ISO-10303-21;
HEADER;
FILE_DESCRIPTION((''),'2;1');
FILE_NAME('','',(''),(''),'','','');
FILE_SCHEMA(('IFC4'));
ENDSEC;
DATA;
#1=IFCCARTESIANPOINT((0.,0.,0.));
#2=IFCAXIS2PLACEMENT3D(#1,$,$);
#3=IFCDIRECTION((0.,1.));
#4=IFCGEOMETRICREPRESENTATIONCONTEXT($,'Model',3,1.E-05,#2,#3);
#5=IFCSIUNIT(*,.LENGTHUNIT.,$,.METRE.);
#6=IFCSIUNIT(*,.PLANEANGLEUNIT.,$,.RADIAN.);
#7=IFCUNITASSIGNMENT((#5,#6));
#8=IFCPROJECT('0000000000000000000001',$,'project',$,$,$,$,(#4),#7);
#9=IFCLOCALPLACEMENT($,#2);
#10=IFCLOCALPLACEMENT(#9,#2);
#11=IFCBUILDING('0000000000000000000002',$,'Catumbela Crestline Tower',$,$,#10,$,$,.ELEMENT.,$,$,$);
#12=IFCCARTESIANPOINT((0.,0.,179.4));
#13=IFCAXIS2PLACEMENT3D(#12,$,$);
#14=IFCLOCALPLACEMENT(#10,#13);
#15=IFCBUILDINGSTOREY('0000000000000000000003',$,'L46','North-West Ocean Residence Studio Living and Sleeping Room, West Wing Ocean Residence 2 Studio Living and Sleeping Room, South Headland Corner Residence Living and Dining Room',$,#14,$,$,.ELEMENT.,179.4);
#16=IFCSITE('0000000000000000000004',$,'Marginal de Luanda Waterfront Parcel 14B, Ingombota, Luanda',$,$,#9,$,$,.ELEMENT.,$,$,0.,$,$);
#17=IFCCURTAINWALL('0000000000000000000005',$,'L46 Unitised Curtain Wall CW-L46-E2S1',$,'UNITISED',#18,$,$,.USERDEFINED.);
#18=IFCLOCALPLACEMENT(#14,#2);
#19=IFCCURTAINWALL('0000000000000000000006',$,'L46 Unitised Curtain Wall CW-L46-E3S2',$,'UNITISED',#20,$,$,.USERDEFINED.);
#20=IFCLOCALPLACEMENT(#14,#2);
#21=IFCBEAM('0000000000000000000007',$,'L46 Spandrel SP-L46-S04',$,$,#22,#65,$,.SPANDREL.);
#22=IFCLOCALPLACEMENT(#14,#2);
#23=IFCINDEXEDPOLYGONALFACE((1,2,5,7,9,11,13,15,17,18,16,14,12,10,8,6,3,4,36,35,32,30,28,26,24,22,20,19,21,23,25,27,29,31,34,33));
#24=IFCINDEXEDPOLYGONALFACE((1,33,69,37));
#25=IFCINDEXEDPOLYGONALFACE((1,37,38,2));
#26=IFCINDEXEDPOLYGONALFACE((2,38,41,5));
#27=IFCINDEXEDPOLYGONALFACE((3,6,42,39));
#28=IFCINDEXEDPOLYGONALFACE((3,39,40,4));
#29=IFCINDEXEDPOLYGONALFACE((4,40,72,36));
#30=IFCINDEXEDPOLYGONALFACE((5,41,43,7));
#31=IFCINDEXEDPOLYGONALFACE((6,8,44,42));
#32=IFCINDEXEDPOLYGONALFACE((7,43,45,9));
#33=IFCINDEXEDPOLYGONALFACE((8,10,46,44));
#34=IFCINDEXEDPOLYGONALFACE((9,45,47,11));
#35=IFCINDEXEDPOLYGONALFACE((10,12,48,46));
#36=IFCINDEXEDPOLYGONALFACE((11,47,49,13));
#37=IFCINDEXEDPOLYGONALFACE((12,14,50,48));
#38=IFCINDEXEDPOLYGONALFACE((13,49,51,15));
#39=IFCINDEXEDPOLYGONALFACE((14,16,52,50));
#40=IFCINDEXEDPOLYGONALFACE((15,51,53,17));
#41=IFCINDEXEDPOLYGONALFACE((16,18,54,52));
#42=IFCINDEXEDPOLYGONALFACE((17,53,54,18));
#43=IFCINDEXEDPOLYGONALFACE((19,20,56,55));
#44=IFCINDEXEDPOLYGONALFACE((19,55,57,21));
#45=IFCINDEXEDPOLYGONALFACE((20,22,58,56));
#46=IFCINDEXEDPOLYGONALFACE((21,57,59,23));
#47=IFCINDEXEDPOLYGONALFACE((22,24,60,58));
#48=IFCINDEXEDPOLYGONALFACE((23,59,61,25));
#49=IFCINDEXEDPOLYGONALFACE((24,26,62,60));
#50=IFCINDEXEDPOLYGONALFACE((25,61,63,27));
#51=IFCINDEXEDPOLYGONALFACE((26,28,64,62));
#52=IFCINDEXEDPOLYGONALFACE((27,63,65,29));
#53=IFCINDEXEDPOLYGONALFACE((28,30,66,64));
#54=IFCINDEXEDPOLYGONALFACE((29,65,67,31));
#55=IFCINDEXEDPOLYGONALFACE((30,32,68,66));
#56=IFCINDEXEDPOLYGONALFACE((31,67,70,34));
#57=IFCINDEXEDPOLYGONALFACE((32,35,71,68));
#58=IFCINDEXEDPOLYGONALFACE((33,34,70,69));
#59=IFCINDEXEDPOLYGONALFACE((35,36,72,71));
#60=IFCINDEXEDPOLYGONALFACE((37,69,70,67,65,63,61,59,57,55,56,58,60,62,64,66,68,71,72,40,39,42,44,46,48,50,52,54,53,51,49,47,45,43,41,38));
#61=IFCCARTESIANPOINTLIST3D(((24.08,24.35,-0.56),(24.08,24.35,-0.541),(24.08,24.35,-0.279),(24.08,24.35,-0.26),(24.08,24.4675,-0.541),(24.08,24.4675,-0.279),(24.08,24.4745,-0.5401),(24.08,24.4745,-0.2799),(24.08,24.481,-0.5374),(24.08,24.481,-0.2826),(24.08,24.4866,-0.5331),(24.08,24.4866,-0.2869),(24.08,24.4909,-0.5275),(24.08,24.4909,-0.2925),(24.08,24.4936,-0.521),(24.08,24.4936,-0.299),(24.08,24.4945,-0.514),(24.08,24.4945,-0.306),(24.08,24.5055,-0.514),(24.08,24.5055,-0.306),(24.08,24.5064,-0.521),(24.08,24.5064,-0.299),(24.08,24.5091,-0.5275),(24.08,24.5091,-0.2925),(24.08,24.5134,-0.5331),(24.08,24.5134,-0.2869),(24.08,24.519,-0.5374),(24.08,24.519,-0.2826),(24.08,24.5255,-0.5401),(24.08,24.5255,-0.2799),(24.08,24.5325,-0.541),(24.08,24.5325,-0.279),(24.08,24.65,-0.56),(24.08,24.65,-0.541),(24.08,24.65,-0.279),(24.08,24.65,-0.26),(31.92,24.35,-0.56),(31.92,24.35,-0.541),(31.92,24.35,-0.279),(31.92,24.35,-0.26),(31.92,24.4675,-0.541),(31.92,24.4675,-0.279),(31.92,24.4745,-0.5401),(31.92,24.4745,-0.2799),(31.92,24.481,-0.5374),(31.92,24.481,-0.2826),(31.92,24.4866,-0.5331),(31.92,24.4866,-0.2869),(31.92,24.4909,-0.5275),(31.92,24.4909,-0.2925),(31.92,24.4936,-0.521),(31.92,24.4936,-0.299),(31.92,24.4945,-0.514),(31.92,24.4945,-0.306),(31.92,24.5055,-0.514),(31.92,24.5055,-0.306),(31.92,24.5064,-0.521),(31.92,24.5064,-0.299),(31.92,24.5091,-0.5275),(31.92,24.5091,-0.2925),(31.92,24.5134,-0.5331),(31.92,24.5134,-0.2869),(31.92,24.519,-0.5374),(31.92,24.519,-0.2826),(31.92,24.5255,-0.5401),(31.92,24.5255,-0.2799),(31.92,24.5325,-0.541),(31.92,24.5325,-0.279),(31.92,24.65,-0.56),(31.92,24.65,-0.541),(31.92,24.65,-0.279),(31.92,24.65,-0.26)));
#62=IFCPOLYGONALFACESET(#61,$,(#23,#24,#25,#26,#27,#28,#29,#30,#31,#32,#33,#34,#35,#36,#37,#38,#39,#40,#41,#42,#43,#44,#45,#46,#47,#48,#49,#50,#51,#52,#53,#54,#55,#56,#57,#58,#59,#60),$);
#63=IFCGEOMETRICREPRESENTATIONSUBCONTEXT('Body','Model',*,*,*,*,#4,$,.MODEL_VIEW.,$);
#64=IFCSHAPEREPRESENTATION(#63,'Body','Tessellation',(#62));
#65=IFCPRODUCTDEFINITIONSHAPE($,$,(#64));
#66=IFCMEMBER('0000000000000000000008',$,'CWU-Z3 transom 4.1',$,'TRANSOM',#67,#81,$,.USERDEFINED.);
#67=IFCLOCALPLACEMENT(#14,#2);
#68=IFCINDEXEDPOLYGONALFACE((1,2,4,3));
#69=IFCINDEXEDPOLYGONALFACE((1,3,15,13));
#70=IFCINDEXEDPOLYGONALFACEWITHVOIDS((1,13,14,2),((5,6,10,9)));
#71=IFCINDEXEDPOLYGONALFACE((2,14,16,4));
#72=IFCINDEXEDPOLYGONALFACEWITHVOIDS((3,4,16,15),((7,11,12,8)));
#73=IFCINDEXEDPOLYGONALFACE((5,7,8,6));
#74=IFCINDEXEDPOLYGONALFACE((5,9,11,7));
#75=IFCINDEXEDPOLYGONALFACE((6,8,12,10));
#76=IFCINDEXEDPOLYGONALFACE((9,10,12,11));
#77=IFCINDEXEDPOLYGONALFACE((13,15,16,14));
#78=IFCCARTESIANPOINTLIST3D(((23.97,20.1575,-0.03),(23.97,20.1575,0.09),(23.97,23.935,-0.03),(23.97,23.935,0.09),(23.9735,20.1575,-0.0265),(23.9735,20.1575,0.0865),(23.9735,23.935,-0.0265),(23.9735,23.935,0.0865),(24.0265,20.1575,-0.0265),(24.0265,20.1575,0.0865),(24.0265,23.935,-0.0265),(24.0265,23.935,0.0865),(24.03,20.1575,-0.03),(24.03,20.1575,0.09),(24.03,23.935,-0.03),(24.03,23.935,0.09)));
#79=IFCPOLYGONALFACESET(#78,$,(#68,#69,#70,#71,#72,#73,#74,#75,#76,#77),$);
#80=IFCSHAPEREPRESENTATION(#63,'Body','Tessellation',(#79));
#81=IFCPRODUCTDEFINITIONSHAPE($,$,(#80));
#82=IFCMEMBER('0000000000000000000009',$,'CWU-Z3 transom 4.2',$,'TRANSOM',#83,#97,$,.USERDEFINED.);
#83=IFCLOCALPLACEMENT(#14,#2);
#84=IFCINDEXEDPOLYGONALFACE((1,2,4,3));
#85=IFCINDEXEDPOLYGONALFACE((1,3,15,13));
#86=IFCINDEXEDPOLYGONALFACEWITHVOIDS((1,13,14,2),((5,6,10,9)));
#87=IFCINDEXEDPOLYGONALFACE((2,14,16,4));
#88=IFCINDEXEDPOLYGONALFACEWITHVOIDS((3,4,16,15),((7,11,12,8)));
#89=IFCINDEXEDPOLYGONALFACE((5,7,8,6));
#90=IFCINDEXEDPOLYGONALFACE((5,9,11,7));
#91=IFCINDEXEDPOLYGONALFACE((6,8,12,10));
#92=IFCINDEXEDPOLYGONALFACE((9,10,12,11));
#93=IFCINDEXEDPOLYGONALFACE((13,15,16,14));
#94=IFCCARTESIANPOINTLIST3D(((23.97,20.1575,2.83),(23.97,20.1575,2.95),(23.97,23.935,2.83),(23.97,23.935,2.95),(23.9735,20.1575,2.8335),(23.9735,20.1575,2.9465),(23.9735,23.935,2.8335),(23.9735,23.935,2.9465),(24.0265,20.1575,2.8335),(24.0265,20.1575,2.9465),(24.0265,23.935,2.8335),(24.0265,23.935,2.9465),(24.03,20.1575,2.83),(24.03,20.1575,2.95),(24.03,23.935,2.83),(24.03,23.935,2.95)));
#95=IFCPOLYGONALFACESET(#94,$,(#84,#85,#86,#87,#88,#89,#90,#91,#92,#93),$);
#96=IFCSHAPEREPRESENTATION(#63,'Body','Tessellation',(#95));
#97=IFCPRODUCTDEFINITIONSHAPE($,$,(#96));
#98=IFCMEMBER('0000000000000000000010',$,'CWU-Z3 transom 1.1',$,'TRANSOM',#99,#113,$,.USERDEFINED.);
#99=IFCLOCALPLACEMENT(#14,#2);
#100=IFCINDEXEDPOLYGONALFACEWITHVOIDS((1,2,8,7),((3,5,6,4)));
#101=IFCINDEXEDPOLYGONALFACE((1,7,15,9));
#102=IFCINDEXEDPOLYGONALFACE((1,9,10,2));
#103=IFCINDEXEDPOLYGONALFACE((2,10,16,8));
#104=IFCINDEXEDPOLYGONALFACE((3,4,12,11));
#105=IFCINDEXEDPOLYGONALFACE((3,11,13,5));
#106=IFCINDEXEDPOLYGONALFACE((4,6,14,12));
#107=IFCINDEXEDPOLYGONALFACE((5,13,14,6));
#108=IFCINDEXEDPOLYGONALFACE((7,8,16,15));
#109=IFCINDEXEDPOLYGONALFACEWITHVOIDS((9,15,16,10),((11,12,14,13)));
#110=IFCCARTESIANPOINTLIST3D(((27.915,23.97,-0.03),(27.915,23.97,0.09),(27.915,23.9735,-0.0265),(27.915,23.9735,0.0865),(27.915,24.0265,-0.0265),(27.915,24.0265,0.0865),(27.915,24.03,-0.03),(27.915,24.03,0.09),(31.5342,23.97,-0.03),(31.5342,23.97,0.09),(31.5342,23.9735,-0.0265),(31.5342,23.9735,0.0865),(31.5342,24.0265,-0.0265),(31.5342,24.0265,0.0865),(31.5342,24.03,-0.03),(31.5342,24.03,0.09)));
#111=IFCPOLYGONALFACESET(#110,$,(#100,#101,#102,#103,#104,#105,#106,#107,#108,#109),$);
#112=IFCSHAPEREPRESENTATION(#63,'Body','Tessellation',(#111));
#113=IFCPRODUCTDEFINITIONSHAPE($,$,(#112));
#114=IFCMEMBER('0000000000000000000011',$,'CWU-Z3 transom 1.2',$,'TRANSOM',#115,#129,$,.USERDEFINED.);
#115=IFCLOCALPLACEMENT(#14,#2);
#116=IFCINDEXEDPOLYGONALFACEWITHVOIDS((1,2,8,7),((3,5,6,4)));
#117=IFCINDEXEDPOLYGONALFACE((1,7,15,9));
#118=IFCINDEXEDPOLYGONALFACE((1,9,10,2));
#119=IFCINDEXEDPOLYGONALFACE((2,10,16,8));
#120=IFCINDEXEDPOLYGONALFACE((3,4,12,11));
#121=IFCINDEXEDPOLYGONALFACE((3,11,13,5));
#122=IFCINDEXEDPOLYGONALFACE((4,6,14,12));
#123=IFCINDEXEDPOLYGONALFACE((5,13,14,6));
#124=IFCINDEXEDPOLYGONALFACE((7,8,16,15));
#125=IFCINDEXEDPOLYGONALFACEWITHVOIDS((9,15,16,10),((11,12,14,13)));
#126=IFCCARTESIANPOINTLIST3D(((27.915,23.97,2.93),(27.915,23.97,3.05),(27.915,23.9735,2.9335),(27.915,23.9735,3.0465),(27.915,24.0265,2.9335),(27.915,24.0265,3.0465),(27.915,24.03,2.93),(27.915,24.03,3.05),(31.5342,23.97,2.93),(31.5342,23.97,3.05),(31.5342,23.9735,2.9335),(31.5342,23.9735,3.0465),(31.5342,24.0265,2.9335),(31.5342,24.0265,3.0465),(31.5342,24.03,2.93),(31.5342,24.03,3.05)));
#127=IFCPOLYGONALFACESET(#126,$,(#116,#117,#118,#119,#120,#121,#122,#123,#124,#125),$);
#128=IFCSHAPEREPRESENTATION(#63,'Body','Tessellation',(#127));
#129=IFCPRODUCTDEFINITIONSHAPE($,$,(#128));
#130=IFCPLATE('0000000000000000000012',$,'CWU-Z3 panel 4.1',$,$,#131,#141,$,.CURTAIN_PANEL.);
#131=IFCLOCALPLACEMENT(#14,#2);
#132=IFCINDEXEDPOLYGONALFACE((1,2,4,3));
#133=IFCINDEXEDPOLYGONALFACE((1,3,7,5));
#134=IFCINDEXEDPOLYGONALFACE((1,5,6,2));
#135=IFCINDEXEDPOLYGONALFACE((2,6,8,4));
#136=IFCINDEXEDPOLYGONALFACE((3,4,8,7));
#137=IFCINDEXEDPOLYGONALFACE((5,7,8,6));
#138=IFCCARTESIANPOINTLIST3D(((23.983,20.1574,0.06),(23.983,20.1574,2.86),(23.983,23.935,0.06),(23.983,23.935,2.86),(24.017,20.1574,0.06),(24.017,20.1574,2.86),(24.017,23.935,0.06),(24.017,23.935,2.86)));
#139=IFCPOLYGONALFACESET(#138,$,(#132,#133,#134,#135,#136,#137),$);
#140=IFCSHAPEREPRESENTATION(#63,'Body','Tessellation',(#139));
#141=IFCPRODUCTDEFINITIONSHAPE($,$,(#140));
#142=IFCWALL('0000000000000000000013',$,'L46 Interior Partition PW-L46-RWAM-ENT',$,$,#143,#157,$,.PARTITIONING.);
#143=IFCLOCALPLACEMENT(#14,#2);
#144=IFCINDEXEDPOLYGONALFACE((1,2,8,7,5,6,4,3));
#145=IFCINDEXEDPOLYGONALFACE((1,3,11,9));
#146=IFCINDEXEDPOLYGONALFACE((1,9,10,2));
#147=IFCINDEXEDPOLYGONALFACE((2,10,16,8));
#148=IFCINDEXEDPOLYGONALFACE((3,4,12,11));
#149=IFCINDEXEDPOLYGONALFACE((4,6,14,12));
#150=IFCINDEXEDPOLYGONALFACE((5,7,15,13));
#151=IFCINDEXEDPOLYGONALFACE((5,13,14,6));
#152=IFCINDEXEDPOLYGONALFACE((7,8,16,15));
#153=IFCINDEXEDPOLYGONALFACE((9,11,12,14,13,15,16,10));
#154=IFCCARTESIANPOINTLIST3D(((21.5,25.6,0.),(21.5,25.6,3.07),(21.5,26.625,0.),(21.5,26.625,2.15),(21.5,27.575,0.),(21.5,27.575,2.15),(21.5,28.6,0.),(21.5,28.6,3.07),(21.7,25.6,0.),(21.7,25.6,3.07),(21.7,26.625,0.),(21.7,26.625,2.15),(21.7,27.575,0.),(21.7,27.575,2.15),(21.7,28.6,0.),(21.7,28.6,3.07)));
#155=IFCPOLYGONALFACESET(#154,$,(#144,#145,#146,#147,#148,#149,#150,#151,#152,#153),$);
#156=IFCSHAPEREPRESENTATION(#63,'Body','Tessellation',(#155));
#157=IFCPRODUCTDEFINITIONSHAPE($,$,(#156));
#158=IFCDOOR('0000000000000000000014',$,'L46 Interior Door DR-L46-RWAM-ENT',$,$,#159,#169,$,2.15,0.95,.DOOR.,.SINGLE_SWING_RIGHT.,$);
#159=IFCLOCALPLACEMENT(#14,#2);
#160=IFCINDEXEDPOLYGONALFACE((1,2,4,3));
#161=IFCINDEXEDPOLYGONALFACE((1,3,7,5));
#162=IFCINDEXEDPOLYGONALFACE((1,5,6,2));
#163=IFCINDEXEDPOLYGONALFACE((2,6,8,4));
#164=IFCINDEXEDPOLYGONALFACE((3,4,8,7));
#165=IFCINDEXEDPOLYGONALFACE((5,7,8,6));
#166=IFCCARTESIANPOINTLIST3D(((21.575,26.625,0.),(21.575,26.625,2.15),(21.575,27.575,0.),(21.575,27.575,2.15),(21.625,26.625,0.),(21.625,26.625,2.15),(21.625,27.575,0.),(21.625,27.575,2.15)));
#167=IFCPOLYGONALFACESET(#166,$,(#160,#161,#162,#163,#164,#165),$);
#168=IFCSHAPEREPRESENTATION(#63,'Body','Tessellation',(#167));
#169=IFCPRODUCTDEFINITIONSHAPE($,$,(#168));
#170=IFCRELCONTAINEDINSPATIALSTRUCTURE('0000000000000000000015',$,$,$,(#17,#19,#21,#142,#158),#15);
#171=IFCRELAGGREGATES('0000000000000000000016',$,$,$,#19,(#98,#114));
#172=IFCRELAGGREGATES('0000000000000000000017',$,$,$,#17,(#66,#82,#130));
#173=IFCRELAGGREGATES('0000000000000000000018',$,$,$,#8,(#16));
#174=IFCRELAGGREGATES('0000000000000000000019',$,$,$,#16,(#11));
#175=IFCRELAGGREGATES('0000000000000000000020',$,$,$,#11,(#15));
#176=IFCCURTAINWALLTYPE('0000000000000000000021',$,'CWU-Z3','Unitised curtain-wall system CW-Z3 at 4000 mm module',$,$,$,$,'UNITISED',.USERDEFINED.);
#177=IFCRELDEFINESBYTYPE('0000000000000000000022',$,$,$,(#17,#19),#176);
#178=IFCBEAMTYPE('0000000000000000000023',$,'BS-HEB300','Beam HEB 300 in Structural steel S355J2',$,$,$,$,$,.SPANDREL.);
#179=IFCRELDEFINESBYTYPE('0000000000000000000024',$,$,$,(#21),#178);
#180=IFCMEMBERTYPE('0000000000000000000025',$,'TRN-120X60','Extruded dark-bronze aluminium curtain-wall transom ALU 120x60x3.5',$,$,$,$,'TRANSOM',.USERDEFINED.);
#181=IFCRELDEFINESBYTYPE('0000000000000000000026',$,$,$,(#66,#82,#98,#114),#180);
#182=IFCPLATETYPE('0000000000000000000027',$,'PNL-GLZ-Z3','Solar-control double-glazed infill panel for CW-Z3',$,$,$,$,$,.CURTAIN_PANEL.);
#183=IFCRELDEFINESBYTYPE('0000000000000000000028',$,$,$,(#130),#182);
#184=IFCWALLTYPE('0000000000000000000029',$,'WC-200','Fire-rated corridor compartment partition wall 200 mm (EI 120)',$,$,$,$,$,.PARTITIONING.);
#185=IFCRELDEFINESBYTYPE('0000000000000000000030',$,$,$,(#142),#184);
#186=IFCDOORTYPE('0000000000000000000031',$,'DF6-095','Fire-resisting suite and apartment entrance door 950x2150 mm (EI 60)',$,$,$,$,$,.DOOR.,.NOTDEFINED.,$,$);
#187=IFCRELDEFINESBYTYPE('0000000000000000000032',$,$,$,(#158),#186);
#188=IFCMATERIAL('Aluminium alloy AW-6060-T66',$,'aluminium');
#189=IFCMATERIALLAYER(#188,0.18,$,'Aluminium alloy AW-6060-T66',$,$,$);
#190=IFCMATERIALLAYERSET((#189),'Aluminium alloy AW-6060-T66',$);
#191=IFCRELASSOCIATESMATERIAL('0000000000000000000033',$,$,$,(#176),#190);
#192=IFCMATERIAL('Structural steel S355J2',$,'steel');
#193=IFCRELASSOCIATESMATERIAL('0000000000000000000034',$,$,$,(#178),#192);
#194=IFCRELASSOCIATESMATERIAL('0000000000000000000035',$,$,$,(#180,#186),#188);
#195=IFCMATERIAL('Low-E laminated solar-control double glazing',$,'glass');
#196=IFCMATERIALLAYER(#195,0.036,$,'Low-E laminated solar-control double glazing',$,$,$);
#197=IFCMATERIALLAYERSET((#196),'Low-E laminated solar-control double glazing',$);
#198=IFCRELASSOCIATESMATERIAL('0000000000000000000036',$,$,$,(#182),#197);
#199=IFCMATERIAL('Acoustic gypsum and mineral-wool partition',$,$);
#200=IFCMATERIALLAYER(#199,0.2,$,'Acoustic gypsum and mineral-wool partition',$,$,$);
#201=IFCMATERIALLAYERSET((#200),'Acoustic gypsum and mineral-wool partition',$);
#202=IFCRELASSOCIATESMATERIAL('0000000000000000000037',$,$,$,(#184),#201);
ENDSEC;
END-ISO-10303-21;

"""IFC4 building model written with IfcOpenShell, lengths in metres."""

from ifc_helpers import new_model, si_unit, direction, frame, frame_2d, origin, origin_2d, place, context, subcontext, project, spatial, rectangle, hollow_rectangle, i_section, extrude, material, layer, layer_set, material_profile, profile_set, type_object, element, fill, aggregate, save


model = new_model("IFC4")

# Units and contexts
model_context = context("Model", 3, precision=1e-05, world=origin(), true_north=direction((0.0, 1.0)))
body_context = subcontext(model_context, "Body", "Model", "MODEL_VIEW")
ifc_project = project(units=[si_unit("LENGTHUNIT", "METRE"), si_unit("PLANEANGLEUNIT", "RADIAN")], contexts=[model_context])

# Site, building, storey
site_placement = place(None, origin())
site = spatial("IfcSite", under=ifc_project, at=site_placement, Name="Marginal de Luanda Waterfront Parcel 14B, Ingombota, Luanda", CompositionType="ELEMENT", RefElevation=0.0)
building_placement = place(site_placement, origin())
building = spatial("IfcBuilding", under=site, at=building_placement, Name="Catumbela Crestline Tower", CompositionType="ELEMENT")
storey_placement = place(building_placement, frame((0.0, 0.0, 179.4)))
storey = spatial("IfcBuildingStorey", under=building, at=storey_placement, Name="L46", Description="North-West Ocean Residence Studio Living and Sleeping Room, West Wing Ocean Residence 2 Studio Living and Sleeping Room, South Headland Corner Residence Living and Dining Room", CompositionType="ELEMENT", Elevation=179.4)

# Shared definitions
ifc_material_1 = material(Name="Structural steel S355J2", Category="steel")

# Curtain walls
ifc_material_2 = material(Name="Aluminium alloy AW-6060-T66", Category="aluminium")
ifc_layer_1 = layer(ifc_material_2, 0.18, Name="Aluminium alloy AW-6060-T66")
ifc_layer_set_1 = layer_set([ifc_layer_1], Name="Aluminium alloy AW-6060-T66")
curtain_wall_type = type_object("IfcCurtainWallType", Name="CWU-Z3", Description="Unitised curtain-wall system CW-Z3 at 4000 mm module", ElementType="UNITISED", PredefinedType="USERDEFINED", material=ifc_layer_set_1)
curtain_wall_1_placement = place(storey_placement, origin())
curtain_wall_1 = element("IfcCurtainWall", 1, at=curtain_wall_1_placement, inside=storey, type_object=curtain_wall_type, Name="L46 Unitised Curtain Wall CW-L46-E2S1", ObjectType="UNITISED", PredefinedType="USERDEFINED")
curtain_wall_2_placement = place(storey_placement, origin())
curtain_wall_2 = element("IfcCurtainWall", 2, at=curtain_wall_2_placement, inside=storey, type_object=curtain_wall_type, Name="L46 Unitised Curtain Wall CW-L46-E3S2", ObjectType="UNITISED", PredefinedType="USERDEFINED")

# Beam
ifc_material_profile_1 = material_profile(ifc_material_1, i_section(OverallWidth=0.3, OverallDepth=0.3, WebThickness=0.011, FlangeThickness=0.019, FilletRadius=0.027, at=origin_2d()), Name="HEB 300")
ifc_profile_set_1 = profile_set([ifc_material_profile_1], Name="Structural steel S355J2")
beam_type_1 = type_object("IfcBeamType", Name="BS-HEB300", Description="Beam HEB 300 in Structural steel S355J2", PredefinedType="SPANDREL", material=ifc_profile_set_1)
beam_1_placement = place(storey_placement, frame((24.08, 24.5, -0.41), z_axis=(1.0, 0.0, 0.0), x_axis=(0.0, 1.0, 0.0)))
element("IfcBeam", 3, at=beam_1_placement, inside=storey, type_object=beam_type_1, Name="L46 Spandrel SP-L46-S04", PredefinedType="SPANDREL", context=body_context, shape_type="SweptSolid", body=[
    extrude(i_section(OverallWidth=0.3, OverallDepth=0.3, WebThickness=0.011, FlangeThickness=0.019, FilletRadius=0.027, at=origin_2d()), origin(), (0.0, 0.0, 1.0), 7.84),
])

# Members
ifc_material_profile_2 = material_profile(ifc_material_2, hollow_rectangle(XDim=0.06, YDim=0.12, WallThickness=0.0035, at=origin_2d()), Name="ALU 120x60x3.5")
ifc_profile_set_2 = profile_set([ifc_material_profile_2], Name="Aluminium alloy AW-6060-T66")
member_type_1 = type_object("IfcMemberType", Name="TRN-120X60", Description="Extruded dark-bronze aluminium curtain-wall transom ALU 120x60x3.5", ElementType="TRANSOM", PredefinedType="USERDEFINED", material=ifc_profile_set_2)
member_1_placement = place(storey_placement, frame((24.0, 20.1575, 0.03), z_axis=(0.0, 1.0, 0.0), x_axis=(-1.0, 0.0, 0.0)))
member_1 = element("IfcMember", 4, at=member_1_placement, type_object=member_type_1, Name="CWU-Z3 transom 4.1", ObjectType="TRANSOM", PredefinedType="USERDEFINED", context=body_context, shape_type="SweptSolid", body=[
    extrude(hollow_rectangle(XDim=0.06, YDim=0.12, WallThickness=0.0035, at=origin_2d()), origin(), (0.0, 0.0, 1.0), 3.7775),
])
member_2_placement = place(storey_placement, frame((24.0, 20.1575, 2.89), z_axis=(0.0, 1.0, 0.0), x_axis=(-1.0, 0.0, 0.0)))
member_2 = element("IfcMember", 5, at=member_2_placement, type_object=member_type_1, Name="CWU-Z3 transom 4.2", ObjectType="TRANSOM", PredefinedType="USERDEFINED", context=body_context, shape_type="SweptSolid", body=[
    extrude(hollow_rectangle(XDim=0.06, YDim=0.12, WallThickness=0.0035, at=origin_2d()), origin(), (0.0, 0.0, 1.0), 3.7775),
])
member_3_placement = place(storey_placement, frame((27.915, 24.0, 0.03), z_axis=(1.0, 0.0, 0.0), x_axis=(0.0, 1.0, 0.0)))
member_3 = element("IfcMember", 6, at=member_3_placement, type_object=member_type_1, Name="CWU-Z3 transom 1.1", ObjectType="TRANSOM", PredefinedType="USERDEFINED", context=body_context, shape_type="SweptSolid", body=[
    extrude(hollow_rectangle(XDim=0.06, YDim=0.12, WallThickness=0.0035, at=origin_2d()), origin(), (0.0, 0.0, 1.0), 3.6192),
])
member_4_placement = place(storey_placement, frame((27.915, 24.0, 2.99), z_axis=(1.0, 0.0, 0.0), x_axis=(0.0, 1.0, 0.0)))
member_4 = element("IfcMember", 7, at=member_4_placement, type_object=member_type_1, Name="CWU-Z3 transom 1.2", ObjectType="TRANSOM", PredefinedType="USERDEFINED", context=body_context, shape_type="SweptSolid", body=[
    extrude(hollow_rectangle(XDim=0.06, YDim=0.12, WallThickness=0.0035, at=origin_2d()), origin(), (0.0, 0.0, 1.0), 3.6192),
])
aggregate(curtain_wall_2, [member_3, member_4])

# Plate
ifc_material_3 = material(Name="Low-E laminated solar-control double glazing", Category="glass")
ifc_layer_2 = layer(ifc_material_3, 0.036, Name="Low-E laminated solar-control double glazing")
ifc_layer_set_2 = layer_set([ifc_layer_2], Name="Low-E laminated solar-control double glazing")
plate_type = type_object("IfcPlateType", Name="PNL-GLZ-Z3", Description="Solar-control double-glazed infill panel for CW-Z3", PredefinedType="CURTAIN_PANEL", material=ifc_layer_set_2)
plate_placement = place(storey_placement, frame((24.0, 22.0462, 0.06), z_axis=(0.0, 0.0, 1.0), x_axis=(0.0, 1.0, 0.0)))
plate = element("IfcPlate", 8, at=plate_placement, type_object=plate_type, Name="CWU-Z3 panel 4.1", PredefinedType="CURTAIN_PANEL", context=body_context, shape_type="SweptSolid", body=[
    extrude(rectangle(XDim=3.7775, YDim=0.034, at=origin_2d()), origin(), (0.0, 0.0, 1.0), 2.8),
])
aggregate(curtain_wall_1, [member_1, member_2, plate])

# Wall, opening, door
ifc_material_4 = material(Name="Acoustic gypsum and mineral-wool partition")
ifc_layer_3 = layer(ifc_material_4, 0.2, Name="Acoustic gypsum and mineral-wool partition")
ifc_layer_set_3 = layer_set([ifc_layer_3], Name="Acoustic gypsum and mineral-wool partition")
wall_type_1 = type_object("IfcWallType", Name="WC-200", Description="Fire-rated corridor compartment partition wall 200 mm (EI 120)", PredefinedType="PARTITIONING", material=ifc_layer_set_3)
wall_1_placement = place(storey_placement, frame((21.6, 25.6, 0.0), z_axis=(0.0, 0.0, 1.0), x_axis=(0.0, 1.0, 0.0)))
wall_1 = element("IfcWall", 9, at=wall_1_placement, inside=storey, type_object=wall_type_1, Name="L46 Interior Partition PW-L46-RWAM-ENT", PredefinedType="PARTITIONING", context=body_context, shape_type="SweptSolid", body=[
    extrude(rectangle(XDim=3.0, YDim=0.2, at=frame_2d((1.5, 0.0))), origin(), (0.0, 0.0, 1.0), 3.07),
])
opening_1_placement = place(wall_1_placement, frame((1.025, 0.0, 0.0)))
opening_1 = element("IfcOpeningElement", 10, at=opening_1_placement, cuts=wall_1, PredefinedType="OPENING", context=body_context, shape_type="SweptSolid", body=[
    extrude(rectangle(XDim=0.95, YDim=2.15, at=frame_2d((0.475, 1.075))), frame((0.0, 0.11, 0.0), z_axis=(0.0, -1.0, 0.0), x_axis=(1.0, 0.0, 0.0)), (0.0, 0.0, 1.0), 0.22),
])
door_type_1 = type_object("IfcDoorType", Name="DF6-095", Description="Fire-resisting suite and apartment entrance door 950x2150 mm (EI 60)", OperationType="NOTDEFINED", PredefinedType="DOOR", material=ifc_material_2)
door_1_placement = place(opening_1_placement, origin())
door_1 = element("IfcDoor", 11, at=door_1_placement, inside=storey, type_object=door_type_1, Name="L46 Interior Door DR-L46-RWAM-ENT", OperationType="SINGLE_SWING_RIGHT", OverallHeight=2.15, OverallWidth=0.95, PredefinedType="DOOR", context=body_context, shape_type="SweptSolid", body=[
    extrude(rectangle(XDim=0.95, YDim=2.15, at=frame_2d((0.475, 1.075))), frame((0.0, 0.025, 0.0), z_axis=(0.0, -1.0, 0.0), x_axis=(1.0, 0.0, 0.0)), (0.0, 0.0, 1.0), 0.05),
])
fill(opening_1, door_1)

save(model, "model.ifc")
